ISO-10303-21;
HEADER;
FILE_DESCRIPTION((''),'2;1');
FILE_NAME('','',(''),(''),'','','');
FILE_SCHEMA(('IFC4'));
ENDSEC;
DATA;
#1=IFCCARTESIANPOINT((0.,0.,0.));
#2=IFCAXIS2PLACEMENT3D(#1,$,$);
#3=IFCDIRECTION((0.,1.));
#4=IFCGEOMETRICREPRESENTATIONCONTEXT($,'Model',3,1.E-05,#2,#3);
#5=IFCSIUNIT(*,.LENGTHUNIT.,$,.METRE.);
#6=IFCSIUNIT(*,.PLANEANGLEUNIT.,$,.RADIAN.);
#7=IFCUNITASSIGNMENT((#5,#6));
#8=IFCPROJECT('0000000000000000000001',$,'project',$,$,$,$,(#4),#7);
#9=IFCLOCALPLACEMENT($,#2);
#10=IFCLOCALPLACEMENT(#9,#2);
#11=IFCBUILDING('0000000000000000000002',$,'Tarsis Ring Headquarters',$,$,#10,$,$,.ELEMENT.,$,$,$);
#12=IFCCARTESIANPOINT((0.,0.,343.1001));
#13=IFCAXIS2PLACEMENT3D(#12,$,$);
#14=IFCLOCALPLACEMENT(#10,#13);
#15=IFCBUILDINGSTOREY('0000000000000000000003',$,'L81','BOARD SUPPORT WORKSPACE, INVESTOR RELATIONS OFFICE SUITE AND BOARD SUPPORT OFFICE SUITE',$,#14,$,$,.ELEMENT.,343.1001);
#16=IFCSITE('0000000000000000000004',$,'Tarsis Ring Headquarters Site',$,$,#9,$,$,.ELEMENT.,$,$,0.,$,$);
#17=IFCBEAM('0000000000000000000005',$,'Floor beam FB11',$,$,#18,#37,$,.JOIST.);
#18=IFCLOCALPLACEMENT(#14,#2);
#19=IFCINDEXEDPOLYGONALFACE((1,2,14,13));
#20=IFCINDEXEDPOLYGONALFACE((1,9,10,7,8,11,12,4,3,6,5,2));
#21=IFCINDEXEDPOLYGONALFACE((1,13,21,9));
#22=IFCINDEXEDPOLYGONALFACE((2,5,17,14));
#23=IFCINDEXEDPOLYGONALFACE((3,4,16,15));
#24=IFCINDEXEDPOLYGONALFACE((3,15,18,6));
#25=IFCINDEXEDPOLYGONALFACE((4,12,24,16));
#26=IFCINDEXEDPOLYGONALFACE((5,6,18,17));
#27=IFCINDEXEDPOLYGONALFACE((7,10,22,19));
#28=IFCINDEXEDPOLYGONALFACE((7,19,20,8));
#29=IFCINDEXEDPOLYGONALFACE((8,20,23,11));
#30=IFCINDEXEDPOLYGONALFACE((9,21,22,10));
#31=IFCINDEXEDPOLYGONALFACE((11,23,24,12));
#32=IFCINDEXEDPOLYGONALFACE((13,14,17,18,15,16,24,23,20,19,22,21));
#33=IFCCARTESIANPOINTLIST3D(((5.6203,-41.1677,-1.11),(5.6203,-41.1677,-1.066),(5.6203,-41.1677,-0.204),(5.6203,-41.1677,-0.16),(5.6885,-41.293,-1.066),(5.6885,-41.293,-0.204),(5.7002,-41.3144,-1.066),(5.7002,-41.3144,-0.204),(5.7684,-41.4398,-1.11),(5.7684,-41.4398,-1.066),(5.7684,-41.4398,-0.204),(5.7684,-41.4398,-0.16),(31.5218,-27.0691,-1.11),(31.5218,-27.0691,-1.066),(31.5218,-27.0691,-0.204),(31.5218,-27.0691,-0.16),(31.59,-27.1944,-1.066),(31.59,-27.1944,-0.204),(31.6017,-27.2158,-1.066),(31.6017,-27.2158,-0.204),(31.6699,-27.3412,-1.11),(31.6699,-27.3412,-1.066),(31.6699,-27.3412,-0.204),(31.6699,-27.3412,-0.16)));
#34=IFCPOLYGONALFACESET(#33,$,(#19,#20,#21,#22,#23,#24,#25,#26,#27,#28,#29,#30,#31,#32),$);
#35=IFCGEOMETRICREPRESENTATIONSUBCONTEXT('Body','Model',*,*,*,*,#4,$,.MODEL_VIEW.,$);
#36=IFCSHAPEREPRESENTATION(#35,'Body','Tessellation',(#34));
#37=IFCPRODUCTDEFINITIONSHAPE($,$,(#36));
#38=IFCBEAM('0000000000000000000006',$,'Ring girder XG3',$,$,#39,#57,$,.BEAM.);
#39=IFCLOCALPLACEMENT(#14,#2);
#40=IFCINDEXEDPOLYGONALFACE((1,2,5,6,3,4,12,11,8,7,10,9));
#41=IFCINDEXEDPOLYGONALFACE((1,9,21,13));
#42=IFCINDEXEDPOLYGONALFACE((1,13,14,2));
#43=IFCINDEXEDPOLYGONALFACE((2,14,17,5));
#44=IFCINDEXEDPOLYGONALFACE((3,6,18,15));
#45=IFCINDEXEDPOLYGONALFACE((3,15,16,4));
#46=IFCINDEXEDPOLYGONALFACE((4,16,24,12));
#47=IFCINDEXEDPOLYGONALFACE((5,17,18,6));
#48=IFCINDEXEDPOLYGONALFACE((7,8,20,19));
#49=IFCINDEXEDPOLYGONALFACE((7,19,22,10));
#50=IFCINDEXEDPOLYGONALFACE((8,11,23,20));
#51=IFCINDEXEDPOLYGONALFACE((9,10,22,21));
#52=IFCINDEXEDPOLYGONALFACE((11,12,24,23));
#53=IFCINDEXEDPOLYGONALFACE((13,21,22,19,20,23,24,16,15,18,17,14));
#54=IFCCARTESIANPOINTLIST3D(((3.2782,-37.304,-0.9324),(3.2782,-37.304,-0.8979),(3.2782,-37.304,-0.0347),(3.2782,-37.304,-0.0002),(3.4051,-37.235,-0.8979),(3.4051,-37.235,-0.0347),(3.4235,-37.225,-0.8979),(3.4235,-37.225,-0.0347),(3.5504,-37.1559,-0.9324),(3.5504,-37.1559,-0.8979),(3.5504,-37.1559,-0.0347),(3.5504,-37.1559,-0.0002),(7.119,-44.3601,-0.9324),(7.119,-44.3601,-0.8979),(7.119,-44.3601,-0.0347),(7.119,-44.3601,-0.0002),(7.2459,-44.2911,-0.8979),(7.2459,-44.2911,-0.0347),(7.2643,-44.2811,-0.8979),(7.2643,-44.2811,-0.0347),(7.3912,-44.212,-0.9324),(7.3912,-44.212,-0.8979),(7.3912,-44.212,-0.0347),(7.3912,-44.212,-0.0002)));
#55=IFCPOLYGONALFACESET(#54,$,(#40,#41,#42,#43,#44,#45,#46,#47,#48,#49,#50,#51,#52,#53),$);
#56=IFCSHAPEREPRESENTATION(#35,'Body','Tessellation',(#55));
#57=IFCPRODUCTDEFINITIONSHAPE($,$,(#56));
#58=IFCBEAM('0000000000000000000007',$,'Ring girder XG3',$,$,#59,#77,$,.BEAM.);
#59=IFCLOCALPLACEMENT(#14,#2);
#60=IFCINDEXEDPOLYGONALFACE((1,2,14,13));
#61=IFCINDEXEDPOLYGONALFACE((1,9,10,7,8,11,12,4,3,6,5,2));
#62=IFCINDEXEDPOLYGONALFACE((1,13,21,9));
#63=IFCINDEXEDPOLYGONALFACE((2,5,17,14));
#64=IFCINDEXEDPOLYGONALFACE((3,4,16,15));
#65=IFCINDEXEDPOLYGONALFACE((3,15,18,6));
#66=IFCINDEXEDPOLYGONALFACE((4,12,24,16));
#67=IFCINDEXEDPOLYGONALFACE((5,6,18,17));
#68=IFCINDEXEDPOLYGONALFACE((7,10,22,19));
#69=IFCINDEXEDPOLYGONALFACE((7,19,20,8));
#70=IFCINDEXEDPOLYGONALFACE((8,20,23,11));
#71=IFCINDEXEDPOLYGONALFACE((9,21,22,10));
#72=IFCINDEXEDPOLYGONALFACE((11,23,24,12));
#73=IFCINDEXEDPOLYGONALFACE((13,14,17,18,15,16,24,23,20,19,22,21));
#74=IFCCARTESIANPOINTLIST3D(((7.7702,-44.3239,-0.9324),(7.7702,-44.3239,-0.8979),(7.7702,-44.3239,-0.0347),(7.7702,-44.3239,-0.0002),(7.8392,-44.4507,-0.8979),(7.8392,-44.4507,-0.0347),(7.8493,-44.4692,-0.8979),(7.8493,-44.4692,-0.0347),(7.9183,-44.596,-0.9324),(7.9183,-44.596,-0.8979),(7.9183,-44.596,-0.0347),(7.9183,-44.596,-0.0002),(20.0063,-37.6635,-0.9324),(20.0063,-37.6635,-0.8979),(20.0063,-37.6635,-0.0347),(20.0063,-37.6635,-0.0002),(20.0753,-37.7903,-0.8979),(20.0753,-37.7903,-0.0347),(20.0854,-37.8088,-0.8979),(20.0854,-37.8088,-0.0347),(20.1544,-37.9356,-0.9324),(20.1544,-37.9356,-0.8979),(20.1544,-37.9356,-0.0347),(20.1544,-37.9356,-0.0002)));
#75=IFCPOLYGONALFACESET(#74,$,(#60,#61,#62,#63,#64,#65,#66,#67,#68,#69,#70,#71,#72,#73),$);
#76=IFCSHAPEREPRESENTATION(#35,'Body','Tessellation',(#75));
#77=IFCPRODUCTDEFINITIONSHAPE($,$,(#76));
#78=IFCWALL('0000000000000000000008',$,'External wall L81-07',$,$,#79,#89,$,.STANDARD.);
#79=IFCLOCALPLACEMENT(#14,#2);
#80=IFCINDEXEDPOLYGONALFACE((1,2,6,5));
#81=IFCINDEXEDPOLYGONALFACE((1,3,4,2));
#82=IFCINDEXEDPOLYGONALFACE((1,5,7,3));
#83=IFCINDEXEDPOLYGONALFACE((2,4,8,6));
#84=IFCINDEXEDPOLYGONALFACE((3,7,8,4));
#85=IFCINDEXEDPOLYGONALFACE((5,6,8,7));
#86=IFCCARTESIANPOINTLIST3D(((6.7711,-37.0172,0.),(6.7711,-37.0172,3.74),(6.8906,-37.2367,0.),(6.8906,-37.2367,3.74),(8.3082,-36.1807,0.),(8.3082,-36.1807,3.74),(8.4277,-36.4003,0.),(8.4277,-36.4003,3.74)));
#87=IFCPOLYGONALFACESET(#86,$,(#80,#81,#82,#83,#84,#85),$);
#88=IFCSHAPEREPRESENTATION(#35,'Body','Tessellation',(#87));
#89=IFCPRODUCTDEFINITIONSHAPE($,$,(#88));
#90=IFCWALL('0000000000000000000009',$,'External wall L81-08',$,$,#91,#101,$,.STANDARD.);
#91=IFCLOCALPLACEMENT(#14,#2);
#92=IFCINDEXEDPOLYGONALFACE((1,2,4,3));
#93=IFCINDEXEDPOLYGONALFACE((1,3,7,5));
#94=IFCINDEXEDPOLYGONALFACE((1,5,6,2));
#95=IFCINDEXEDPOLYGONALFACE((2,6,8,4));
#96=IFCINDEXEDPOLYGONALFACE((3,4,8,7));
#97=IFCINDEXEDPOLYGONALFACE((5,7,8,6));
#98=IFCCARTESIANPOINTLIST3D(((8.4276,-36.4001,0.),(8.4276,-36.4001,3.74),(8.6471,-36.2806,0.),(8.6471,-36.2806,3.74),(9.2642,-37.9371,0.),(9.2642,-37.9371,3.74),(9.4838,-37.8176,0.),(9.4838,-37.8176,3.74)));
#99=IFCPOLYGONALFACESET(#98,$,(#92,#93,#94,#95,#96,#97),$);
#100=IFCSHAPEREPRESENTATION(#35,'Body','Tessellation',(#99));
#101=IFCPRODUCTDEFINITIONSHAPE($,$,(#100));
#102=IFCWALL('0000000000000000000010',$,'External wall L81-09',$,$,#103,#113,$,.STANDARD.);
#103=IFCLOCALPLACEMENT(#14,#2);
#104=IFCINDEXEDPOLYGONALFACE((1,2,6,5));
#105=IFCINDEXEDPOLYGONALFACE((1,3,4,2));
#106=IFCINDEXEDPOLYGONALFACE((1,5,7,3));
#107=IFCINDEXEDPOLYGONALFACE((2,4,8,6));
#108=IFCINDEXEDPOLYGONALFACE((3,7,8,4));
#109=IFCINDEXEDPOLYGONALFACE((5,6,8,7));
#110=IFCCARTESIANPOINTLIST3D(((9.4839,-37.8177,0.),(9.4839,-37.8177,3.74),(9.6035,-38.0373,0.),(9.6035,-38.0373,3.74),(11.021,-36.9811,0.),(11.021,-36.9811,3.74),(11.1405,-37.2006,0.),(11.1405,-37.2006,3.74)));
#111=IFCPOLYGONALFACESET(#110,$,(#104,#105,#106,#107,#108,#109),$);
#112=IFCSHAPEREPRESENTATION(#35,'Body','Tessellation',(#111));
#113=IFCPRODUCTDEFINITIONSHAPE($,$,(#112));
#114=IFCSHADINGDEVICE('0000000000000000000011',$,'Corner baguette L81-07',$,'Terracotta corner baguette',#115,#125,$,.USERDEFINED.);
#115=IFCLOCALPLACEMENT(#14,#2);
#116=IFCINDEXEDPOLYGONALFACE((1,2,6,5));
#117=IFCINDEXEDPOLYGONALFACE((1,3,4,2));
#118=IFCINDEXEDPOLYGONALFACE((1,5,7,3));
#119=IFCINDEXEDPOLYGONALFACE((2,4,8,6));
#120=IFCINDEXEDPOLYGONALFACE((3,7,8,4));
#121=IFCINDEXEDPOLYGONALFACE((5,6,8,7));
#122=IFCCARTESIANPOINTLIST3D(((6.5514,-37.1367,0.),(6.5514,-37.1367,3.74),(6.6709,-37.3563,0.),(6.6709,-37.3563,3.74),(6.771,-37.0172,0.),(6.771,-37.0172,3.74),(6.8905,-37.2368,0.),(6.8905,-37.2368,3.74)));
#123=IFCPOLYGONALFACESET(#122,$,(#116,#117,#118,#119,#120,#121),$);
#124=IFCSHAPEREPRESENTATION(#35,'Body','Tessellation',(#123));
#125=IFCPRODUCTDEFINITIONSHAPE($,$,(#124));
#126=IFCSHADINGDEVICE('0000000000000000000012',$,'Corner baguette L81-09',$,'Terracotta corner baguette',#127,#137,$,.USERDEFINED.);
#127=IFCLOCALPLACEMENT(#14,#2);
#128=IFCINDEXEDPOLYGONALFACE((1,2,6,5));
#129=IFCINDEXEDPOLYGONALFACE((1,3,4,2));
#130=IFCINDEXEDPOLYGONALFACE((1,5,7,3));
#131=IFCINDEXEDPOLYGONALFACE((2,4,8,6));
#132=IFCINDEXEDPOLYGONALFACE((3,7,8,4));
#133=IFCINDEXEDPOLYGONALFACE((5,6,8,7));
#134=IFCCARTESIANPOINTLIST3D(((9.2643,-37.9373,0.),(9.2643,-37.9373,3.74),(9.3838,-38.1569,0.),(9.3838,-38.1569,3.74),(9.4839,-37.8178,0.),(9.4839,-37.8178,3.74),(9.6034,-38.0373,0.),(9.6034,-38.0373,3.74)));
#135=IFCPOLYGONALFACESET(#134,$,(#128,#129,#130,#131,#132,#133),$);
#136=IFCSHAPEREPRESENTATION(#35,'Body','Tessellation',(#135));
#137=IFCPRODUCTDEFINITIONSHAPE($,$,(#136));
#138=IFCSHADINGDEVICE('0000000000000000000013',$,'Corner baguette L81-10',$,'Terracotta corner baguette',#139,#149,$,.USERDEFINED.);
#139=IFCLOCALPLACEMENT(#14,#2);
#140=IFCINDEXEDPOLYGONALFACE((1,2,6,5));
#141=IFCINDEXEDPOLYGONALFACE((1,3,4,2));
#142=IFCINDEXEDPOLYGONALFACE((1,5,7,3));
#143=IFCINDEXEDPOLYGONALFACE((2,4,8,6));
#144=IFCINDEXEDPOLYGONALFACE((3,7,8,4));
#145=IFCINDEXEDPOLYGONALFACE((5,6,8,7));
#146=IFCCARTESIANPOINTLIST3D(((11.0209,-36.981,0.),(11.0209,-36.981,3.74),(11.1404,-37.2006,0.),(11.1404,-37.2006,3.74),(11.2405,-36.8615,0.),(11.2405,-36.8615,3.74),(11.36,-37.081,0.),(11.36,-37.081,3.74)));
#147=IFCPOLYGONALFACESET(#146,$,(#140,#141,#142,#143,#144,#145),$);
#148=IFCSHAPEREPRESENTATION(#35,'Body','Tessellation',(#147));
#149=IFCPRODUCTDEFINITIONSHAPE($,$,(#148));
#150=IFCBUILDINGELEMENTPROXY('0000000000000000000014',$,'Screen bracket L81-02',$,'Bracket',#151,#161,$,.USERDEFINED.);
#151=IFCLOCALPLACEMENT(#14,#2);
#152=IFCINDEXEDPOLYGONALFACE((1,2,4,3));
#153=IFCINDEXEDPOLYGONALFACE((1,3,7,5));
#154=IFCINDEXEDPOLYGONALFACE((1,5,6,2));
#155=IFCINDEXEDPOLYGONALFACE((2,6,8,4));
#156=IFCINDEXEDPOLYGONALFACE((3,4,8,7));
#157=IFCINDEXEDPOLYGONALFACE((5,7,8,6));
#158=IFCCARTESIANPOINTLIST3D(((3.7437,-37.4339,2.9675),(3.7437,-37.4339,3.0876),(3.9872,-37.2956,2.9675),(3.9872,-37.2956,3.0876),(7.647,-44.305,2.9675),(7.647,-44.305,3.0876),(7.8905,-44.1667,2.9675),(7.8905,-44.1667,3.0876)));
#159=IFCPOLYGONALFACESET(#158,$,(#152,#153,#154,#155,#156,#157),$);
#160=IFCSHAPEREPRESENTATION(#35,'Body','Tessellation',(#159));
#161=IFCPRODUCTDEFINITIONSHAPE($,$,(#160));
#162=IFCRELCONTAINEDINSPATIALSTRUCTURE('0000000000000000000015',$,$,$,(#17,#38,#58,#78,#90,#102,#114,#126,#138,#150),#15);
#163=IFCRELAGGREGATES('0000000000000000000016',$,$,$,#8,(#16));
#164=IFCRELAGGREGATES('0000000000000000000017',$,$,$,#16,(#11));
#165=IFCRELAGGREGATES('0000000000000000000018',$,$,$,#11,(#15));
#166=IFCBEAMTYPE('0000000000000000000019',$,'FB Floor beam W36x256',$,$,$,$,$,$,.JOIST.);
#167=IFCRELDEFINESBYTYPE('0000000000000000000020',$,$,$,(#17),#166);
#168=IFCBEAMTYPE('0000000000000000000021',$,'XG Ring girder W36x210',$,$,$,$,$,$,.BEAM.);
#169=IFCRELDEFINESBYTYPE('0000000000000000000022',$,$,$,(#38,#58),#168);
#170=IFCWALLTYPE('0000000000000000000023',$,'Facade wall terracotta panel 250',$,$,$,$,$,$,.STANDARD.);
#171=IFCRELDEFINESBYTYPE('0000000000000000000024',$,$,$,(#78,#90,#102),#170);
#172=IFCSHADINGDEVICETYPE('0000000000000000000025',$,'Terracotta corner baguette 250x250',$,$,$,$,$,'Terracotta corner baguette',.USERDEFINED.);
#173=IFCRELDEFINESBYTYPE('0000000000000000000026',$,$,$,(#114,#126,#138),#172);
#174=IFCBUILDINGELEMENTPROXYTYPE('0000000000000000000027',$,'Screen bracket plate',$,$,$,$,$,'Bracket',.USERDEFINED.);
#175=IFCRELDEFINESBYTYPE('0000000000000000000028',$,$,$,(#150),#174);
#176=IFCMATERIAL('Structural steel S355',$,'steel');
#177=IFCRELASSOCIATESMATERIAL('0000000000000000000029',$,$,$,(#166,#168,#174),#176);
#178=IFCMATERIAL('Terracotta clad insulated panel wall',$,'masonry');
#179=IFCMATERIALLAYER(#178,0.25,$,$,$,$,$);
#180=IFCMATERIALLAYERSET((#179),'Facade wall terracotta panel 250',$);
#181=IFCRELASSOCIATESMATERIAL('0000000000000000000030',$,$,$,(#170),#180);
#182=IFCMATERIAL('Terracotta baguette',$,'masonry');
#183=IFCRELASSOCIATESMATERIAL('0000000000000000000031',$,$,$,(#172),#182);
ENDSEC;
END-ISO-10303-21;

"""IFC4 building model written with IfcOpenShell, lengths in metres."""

from ifc_helpers import new_model, si_unit, direction, frame, frame_2d, origin, origin_2d, place, context, subcontext, project, spatial, rectangle, i_section, extrude, material, layer, layer_set, material_profile, profile_set, type_object, element, save


model = new_model("IFC4")

# Units and contexts
model_context = context("Model", 3, precision=1e-05, world=origin(), true_north=direction((0.0, 1.0)))
body_context = subcontext(model_context, "Body", "Model", "MODEL_VIEW")
ifc_project = project(units=[si_unit("LENGTHUNIT", "METRE"), si_unit("PLANEANGLEUNIT", "RADIAN")], contexts=[model_context])

# Site, building, storey
site_placement = place(None, origin())
site = spatial("IfcSite", under=ifc_project, at=site_placement, Name="Tarsis Ring Headquarters Site", CompositionType="ELEMENT", RefElevation=0.0)
building_placement = place(site_placement, origin())
building = spatial("IfcBuilding", under=site, at=building_placement, Name="Tarsis Ring Headquarters", CompositionType="ELEMENT")
storey_placement = place(building_placement, frame((0.0, 0.0, 343.1001)))
storey = spatial("IfcBuildingStorey", under=building, at=storey_placement, Name="L81", Description="BOARD SUPPORT WORKSPACE, INVESTOR RELATIONS OFFICE SUITE AND BOARD SUPPORT OFFICE SUITE", CompositionType="ELEMENT", Elevation=343.1001)

# Shared definitions
ifc_material_1 = material(Name="Structural steel S355", Category="steel")

# Beams
ifc_material_profile_1 = material_profile(ifc_material_1, i_section(OverallWidth=0.3098, OverallDepth=0.95, WebThickness=0.0244, FlangeThickness=0.0439, at=origin_2d()), Name="W36x256")
ifc_profile_set_1 = profile_set([ifc_material_profile_1], Name="Structural steel S355")
beam_type_1 = type_object("IfcBeamType", Name="FB Floor beam W36x256", PredefinedType="JOIST", material=ifc_profile_set_1)
for number, where, z_axis, x_axis, name in (
    (1, (5.6943, -41.3037, -0.635), (0.878316, 0.47808, 0.0), (-0.47808, 0.878316, 0.0), "Floor beam FB11"),
):
    element("IfcBeam", number, at=place(storey_placement, frame(where, z_axis=z_axis, x_axis=x_axis)), inside=storey, type_object=beam_type_1, Name=name, PredefinedType="JOIST", context=body_context, shape_type="SweptSolid", body=[
        extrude(i_section(OverallWidth=0.3098, OverallDepth=0.95, WebThickness=0.0244, FlangeThickness=0.0439, at=origin_2d()), origin(), (0.0, 0.0, 1.0), 29.49),
    ])
ifc_material_profile_2 = material_profile(ifc_material_1, i_section(OverallWidth=0.3098, OverallDepth=0.9321, WebThickness=0.021, FlangeThickness=0.0344, at=origin_2d()), Name="W36x210")
ifc_profile_set_2 = profile_set([ifc_material_profile_2], Name="Structural steel S355")
beam_type_2 = type_object("IfcBeamType", Name="XG Ring girder W36x210", PredefinedType="BEAM", material=ifc_profile_set_2)
beam_1_placement = place(storey_placement, frame((3.4143, -37.23, -0.4663), z_axis=(0.478085, -0.878313, 0.0), x_axis=(0.878313, 0.478085, 0.0)))
element("IfcBeam", 2, at=beam_1_placement, inside=storey, type_object=beam_type_2, Name="Ring girder XG3", PredefinedType="BEAM", context=body_context, shape_type="SweptSolid", body=[
    extrude(i_section(OverallWidth=0.3098, OverallDepth=0.9321, WebThickness=0.021, FlangeThickness=0.0344, at=origin_2d()), origin(), (0.0, 0.0, 1.0), 8.0337),
])
beam_2_placement = place(storey_placement, frame((7.8442, -44.46, -0.4663), z_axis=(0.878312, 0.478087, 0.0), x_axis=(-0.478087, 0.878312, 0.0)))
element("IfcBeam", 3, at=beam_2_placement, inside=storey, type_object=beam_type_2, Name="Ring girder XG3", PredefinedType="BEAM", context=body_context, shape_type="SweptSolid", body=[
    extrude(i_section(OverallWidth=0.3098, OverallDepth=0.9321, WebThickness=0.021, FlangeThickness=0.0344, at=origin_2d()), origin(), (0.0, 0.0, 1.0), 13.9314),
])

# Walls
ifc_material_2 = material(Name="Terracotta clad insulated panel wall", Category="masonry")
ifc_layer = layer(ifc_material_2, 0.25)
ifc_layer_set = layer_set([ifc_layer], Name="Facade wall terracotta panel 250")
wall_type = type_object("IfcWallType", Name="Facade wall terracotta panel 250", PredefinedType="STANDARD", material=ifc_layer_set)
for number, where, z_axis, x_axis, name in (
    (4, (6.8308, -37.127, 0.0), (0.0, 0.0, 1.0), (0.878375, 0.477972, 0.0), "External wall L81-07"),
    (5, (8.5374, -36.3403, 0.0), (0.0, 0.0, 1.0), (0.47808, -0.878316, 0.0), "External wall L81-08"),
    (6, (9.5437, -37.9275, 0.0), (0.0, 0.0, 1.0), (0.878316, 0.47808, 0.0), "External wall L81-09"),
):
    element("IfcWall", number, at=place(storey_placement, frame(where, z_axis=z_axis, x_axis=x_axis)), inside=storey, type_object=wall_type, Name=name, PredefinedType="STANDARD", context=body_context, shape_type="SweptSolid", body=[
        extrude(rectangle(XDim=1.75, YDim=0.25, at=frame_2d((0.875, 0.0))), origin(), (0.0, 0.0, 1.0), 3.74),
    ])

# Shading devices
ifc_material_3 = material(Name="Terracotta baguette", Category="masonry")
shading_device_type_1 = type_object("IfcShadingDeviceType", Name="Terracotta corner baguette 250x250", ElementType="Terracotta corner baguette", PredefinedType="USERDEFINED", material=ifc_material_3)
for number, where, z_axis, x_axis, name in (
    (7, (6.7209, -37.1868, 0.0), (0.0, 0.0, 1.0), (0.478079, -0.878317, 0.0), "Corner baguette L81-07"),
    (8, (9.4338, -37.9873, 0.0), (0.0, 0.0, 1.0), (0.478079, -0.878317, 0.0), "Corner baguette L81-09"),
    (9, (11.1904, -37.031, 0.0), (0.0, 0.0, 1.0), (0.878317, 0.478079, 0.0), "Corner baguette L81-10"),
):
    element("IfcShadingDevice", number, at=place(storey_placement, frame(where, z_axis=z_axis, x_axis=x_axis)), inside=storey, type_object=shading_device_type_1, Name=name, ObjectType="Terracotta corner baguette", PredefinedType="USERDEFINED", context=body_context, shape_type="SweptSolid", body=[
        extrude(rectangle(XDim=0.25, YDim=0.25, at=origin_2d()), origin(), (0.0, 0.0, 1.0), 3.74),
    ])

# Building element proxy
building_element_proxy_type = type_object("IfcBuildingElementProxyType", Name="Screen bracket plate", ElementType="Bracket", PredefinedType="USERDEFINED", material=ifc_material_1)
proxy_placement = place(storey_placement, frame((5.8171, -40.8003, 2.9675), z_axis=(0.0, 0.0, 1.0), x_axis=(0.493942, -0.869495, 0.0)))
element("IfcBuildingElementProxy", 10, at=proxy_placement, inside=storey, type_object=building_element_proxy_type, Name="Screen bracket L81-02", ObjectType="Bracket", PredefinedType="USERDEFINED", context=body_context, shape_type="SweptSolid", body=[
    extrude(rectangle(XDim=7.9023, YDim=0.28, at=origin_2d()), origin(), (0.0, 0.0, 1.0), 0.1201),
])

save(model, "model.ifc")
